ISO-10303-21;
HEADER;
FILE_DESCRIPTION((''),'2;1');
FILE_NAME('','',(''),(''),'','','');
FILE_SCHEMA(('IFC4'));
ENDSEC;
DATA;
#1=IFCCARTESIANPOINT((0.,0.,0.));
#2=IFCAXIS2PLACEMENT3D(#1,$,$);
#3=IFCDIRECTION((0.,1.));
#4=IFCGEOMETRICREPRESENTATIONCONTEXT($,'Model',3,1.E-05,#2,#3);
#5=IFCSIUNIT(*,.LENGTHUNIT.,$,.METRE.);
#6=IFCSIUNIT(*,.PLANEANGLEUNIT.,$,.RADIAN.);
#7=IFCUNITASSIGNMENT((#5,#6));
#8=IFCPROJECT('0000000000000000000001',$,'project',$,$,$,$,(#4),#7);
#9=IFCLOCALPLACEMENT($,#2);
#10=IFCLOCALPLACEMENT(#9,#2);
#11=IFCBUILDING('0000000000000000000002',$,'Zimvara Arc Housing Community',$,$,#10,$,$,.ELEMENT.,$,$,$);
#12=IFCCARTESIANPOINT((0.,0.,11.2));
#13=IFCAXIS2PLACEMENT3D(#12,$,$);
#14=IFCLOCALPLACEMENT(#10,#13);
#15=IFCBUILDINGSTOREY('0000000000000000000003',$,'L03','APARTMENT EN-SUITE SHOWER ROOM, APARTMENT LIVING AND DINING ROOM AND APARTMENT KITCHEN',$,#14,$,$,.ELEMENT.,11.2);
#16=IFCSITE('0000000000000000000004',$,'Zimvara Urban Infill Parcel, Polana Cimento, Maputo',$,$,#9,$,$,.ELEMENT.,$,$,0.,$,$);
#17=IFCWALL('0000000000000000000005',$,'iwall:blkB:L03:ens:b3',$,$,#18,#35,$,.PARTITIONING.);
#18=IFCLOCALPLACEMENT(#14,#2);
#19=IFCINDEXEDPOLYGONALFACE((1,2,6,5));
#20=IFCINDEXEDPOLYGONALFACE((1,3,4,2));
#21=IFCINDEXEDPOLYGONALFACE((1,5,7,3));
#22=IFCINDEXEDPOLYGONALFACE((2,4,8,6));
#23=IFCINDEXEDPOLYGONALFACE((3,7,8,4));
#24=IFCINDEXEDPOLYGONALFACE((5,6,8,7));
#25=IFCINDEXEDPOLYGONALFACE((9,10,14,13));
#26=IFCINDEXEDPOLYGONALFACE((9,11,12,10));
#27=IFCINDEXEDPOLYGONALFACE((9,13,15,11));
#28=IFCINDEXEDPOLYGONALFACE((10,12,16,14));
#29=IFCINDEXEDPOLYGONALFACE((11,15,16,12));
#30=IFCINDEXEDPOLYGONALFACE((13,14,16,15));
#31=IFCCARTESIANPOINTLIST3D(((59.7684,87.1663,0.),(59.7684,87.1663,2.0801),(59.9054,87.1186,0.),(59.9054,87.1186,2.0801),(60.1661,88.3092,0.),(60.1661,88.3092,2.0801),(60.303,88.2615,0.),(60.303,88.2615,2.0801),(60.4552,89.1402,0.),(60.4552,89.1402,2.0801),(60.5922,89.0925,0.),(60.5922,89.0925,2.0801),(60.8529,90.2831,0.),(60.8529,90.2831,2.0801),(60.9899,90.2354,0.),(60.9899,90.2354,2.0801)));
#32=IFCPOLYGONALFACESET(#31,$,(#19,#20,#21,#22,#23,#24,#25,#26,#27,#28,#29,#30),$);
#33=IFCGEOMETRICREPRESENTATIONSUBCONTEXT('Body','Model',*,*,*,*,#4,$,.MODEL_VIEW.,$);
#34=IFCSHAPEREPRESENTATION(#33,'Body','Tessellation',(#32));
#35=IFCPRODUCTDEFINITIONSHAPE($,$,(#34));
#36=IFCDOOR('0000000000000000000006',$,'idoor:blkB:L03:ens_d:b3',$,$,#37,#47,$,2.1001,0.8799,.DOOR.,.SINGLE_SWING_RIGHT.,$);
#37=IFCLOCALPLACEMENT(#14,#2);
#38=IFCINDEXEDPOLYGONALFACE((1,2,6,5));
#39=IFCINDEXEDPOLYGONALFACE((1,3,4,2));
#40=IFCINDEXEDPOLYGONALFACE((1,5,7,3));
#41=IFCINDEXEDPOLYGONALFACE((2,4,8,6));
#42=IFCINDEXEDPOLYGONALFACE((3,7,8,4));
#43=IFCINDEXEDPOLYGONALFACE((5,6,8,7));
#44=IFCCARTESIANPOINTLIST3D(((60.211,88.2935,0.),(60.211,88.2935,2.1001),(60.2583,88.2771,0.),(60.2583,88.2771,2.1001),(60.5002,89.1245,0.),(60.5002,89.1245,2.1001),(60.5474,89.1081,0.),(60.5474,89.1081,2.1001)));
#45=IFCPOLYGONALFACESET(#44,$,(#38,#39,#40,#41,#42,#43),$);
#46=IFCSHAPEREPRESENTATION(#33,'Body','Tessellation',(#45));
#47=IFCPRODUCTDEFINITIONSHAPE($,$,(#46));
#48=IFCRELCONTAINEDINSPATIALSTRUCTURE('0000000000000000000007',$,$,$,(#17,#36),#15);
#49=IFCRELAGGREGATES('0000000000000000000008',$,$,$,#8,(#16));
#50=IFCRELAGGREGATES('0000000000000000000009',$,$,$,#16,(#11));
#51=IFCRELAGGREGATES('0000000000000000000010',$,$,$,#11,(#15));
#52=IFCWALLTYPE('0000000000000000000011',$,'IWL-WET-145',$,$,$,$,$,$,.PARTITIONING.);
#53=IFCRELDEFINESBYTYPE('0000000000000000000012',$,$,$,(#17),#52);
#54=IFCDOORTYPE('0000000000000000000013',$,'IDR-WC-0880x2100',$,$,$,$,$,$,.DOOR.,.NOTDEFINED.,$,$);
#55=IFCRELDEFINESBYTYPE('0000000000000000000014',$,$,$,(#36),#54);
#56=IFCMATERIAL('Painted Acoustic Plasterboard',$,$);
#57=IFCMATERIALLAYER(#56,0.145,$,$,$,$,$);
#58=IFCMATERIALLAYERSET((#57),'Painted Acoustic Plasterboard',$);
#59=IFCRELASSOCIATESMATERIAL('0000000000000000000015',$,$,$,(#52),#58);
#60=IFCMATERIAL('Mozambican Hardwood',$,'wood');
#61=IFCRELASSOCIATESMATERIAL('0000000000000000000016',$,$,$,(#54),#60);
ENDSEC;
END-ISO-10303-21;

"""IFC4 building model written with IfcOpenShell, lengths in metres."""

from ifc_helpers import new_model, si_unit, direction, frame, frame_2d, origin, place, context, subcontext, project, spatial, rectangle, extrude, material, layer, layer_set, type_object, element, fill, save


model = new_model("IFC4")

# Units and contexts
model_context = context("Model", 3, precision=1e-05, world=origin(), true_north=direction((0.0, 1.0)))
body_context = subcontext(model_context, "Body", "Model", "MODEL_VIEW")
ifc_project = project(units=[si_unit("LENGTHUNIT", "METRE"), si_unit("PLANEANGLEUNIT", "RADIAN")], contexts=[model_context])

# Site, building, storey
site_placement = place(None, origin())
site = spatial("IfcSite", under=ifc_project, at=site_placement, Name="Zimvara Urban Infill Parcel, Polana Cimento, Maputo", CompositionType="ELEMENT", RefElevation=0.0)
building_placement = place(site_placement, origin())
building = spatial("IfcBuilding", under=site, at=building_placement, Name="Zimvara Arc Housing Community", CompositionType="ELEMENT")
storey_placement = place(building_placement, frame((0.0, 0.0, 11.2)))
storey = spatial("IfcBuildingStorey", under=building, at=storey_placement, Name="L03", Description="APARTMENT EN-SUITE SHOWER ROOM, APARTMENT LIVING AND DINING ROOM AND APARTMENT KITCHEN", CompositionType="ELEMENT", Elevation=11.2)

# Wall, opening, door
ifc_material_1 = material(Name="Painted Acoustic Plasterboard")
ifc_layer_1 = layer(ifc_material_1, 0.145)
ifc_layer_set_1 = layer_set([ifc_layer_1], Name="Painted Acoustic Plasterboard")
wall_type_1 = type_object("IfcWallType", Name="IWL-WET-145", PredefinedType="PARTITIONING", material=ifc_layer_set_1)
wall_1_placement = place(storey_placement, frame((59.8369, 87.1426, 0.0), z_axis=(0.0, 0.0, 1.0), x_axis=(0.32863, 0.944459, 0.0)))
wall_1 = element("IfcWall", 1, at=wall_1_placement, inside=storey, type_object=wall_type_1, Name="iwall:blkB:L03:ens:b3", PredefinedType="PARTITIONING", context=body_context, shape_type="SweptSolid", body=[
    extrude(rectangle(XDim=3.3, YDim=0.145, at=frame_2d((1.6499, 0.0))), origin(), (0.0, 0.0, 1.0), 2.0801),
])
opening_1_placement = place(wall_1_placement, frame((1.21, 0.0, 0.0)))
opening_1 = element("IfcOpeningElement", 2, at=opening_1_placement, cuts=wall_1, PredefinedType="OPENING", context=body_context, shape_type="SweptSolid", body=[
    extrude(rectangle(XDim=0.8799, YDim=2.1001, at=frame_2d((0.4399, 1.05))), frame((0.0, 0.0825, 0.0), z_axis=(0.0, -1.0, 0.0), x_axis=(1.0, 0.0, 0.0)), (0.0, 0.0, 1.0), 0.165),
])
ifc_material_2 = material(Name="Mozambican Hardwood", Category="wood")
door_type_1 = type_object("IfcDoorType", Name="IDR-WC-0880x2100", OperationType="NOTDEFINED", PredefinedType="DOOR", material=ifc_material_2)
door_1_placement = place(opening_1_placement, origin())
door_1 = element("IfcDoor", 3, at=door_1_placement, inside=storey, type_object=door_type_1, Name="idoor:blkB:L03:ens_d:b3", OperationType="SINGLE_SWING_RIGHT", OverallHeight=2.1001, OverallWidth=0.8799, PredefinedType="DOOR", context=body_context, shape_type="SweptSolid", body=[
    extrude(rectangle(XDim=0.8799, YDim=2.1001, at=frame_2d((0.4399, 1.05))), frame((0.0, 0.0249, 0.0), z_axis=(0.0, -1.0, 0.0), x_axis=(1.0, 0.0, 0.0)), (0.0, 0.0, 1.0), 0.05),
])
fill(opening_1, door_1)

save(model, "model.ifc")
